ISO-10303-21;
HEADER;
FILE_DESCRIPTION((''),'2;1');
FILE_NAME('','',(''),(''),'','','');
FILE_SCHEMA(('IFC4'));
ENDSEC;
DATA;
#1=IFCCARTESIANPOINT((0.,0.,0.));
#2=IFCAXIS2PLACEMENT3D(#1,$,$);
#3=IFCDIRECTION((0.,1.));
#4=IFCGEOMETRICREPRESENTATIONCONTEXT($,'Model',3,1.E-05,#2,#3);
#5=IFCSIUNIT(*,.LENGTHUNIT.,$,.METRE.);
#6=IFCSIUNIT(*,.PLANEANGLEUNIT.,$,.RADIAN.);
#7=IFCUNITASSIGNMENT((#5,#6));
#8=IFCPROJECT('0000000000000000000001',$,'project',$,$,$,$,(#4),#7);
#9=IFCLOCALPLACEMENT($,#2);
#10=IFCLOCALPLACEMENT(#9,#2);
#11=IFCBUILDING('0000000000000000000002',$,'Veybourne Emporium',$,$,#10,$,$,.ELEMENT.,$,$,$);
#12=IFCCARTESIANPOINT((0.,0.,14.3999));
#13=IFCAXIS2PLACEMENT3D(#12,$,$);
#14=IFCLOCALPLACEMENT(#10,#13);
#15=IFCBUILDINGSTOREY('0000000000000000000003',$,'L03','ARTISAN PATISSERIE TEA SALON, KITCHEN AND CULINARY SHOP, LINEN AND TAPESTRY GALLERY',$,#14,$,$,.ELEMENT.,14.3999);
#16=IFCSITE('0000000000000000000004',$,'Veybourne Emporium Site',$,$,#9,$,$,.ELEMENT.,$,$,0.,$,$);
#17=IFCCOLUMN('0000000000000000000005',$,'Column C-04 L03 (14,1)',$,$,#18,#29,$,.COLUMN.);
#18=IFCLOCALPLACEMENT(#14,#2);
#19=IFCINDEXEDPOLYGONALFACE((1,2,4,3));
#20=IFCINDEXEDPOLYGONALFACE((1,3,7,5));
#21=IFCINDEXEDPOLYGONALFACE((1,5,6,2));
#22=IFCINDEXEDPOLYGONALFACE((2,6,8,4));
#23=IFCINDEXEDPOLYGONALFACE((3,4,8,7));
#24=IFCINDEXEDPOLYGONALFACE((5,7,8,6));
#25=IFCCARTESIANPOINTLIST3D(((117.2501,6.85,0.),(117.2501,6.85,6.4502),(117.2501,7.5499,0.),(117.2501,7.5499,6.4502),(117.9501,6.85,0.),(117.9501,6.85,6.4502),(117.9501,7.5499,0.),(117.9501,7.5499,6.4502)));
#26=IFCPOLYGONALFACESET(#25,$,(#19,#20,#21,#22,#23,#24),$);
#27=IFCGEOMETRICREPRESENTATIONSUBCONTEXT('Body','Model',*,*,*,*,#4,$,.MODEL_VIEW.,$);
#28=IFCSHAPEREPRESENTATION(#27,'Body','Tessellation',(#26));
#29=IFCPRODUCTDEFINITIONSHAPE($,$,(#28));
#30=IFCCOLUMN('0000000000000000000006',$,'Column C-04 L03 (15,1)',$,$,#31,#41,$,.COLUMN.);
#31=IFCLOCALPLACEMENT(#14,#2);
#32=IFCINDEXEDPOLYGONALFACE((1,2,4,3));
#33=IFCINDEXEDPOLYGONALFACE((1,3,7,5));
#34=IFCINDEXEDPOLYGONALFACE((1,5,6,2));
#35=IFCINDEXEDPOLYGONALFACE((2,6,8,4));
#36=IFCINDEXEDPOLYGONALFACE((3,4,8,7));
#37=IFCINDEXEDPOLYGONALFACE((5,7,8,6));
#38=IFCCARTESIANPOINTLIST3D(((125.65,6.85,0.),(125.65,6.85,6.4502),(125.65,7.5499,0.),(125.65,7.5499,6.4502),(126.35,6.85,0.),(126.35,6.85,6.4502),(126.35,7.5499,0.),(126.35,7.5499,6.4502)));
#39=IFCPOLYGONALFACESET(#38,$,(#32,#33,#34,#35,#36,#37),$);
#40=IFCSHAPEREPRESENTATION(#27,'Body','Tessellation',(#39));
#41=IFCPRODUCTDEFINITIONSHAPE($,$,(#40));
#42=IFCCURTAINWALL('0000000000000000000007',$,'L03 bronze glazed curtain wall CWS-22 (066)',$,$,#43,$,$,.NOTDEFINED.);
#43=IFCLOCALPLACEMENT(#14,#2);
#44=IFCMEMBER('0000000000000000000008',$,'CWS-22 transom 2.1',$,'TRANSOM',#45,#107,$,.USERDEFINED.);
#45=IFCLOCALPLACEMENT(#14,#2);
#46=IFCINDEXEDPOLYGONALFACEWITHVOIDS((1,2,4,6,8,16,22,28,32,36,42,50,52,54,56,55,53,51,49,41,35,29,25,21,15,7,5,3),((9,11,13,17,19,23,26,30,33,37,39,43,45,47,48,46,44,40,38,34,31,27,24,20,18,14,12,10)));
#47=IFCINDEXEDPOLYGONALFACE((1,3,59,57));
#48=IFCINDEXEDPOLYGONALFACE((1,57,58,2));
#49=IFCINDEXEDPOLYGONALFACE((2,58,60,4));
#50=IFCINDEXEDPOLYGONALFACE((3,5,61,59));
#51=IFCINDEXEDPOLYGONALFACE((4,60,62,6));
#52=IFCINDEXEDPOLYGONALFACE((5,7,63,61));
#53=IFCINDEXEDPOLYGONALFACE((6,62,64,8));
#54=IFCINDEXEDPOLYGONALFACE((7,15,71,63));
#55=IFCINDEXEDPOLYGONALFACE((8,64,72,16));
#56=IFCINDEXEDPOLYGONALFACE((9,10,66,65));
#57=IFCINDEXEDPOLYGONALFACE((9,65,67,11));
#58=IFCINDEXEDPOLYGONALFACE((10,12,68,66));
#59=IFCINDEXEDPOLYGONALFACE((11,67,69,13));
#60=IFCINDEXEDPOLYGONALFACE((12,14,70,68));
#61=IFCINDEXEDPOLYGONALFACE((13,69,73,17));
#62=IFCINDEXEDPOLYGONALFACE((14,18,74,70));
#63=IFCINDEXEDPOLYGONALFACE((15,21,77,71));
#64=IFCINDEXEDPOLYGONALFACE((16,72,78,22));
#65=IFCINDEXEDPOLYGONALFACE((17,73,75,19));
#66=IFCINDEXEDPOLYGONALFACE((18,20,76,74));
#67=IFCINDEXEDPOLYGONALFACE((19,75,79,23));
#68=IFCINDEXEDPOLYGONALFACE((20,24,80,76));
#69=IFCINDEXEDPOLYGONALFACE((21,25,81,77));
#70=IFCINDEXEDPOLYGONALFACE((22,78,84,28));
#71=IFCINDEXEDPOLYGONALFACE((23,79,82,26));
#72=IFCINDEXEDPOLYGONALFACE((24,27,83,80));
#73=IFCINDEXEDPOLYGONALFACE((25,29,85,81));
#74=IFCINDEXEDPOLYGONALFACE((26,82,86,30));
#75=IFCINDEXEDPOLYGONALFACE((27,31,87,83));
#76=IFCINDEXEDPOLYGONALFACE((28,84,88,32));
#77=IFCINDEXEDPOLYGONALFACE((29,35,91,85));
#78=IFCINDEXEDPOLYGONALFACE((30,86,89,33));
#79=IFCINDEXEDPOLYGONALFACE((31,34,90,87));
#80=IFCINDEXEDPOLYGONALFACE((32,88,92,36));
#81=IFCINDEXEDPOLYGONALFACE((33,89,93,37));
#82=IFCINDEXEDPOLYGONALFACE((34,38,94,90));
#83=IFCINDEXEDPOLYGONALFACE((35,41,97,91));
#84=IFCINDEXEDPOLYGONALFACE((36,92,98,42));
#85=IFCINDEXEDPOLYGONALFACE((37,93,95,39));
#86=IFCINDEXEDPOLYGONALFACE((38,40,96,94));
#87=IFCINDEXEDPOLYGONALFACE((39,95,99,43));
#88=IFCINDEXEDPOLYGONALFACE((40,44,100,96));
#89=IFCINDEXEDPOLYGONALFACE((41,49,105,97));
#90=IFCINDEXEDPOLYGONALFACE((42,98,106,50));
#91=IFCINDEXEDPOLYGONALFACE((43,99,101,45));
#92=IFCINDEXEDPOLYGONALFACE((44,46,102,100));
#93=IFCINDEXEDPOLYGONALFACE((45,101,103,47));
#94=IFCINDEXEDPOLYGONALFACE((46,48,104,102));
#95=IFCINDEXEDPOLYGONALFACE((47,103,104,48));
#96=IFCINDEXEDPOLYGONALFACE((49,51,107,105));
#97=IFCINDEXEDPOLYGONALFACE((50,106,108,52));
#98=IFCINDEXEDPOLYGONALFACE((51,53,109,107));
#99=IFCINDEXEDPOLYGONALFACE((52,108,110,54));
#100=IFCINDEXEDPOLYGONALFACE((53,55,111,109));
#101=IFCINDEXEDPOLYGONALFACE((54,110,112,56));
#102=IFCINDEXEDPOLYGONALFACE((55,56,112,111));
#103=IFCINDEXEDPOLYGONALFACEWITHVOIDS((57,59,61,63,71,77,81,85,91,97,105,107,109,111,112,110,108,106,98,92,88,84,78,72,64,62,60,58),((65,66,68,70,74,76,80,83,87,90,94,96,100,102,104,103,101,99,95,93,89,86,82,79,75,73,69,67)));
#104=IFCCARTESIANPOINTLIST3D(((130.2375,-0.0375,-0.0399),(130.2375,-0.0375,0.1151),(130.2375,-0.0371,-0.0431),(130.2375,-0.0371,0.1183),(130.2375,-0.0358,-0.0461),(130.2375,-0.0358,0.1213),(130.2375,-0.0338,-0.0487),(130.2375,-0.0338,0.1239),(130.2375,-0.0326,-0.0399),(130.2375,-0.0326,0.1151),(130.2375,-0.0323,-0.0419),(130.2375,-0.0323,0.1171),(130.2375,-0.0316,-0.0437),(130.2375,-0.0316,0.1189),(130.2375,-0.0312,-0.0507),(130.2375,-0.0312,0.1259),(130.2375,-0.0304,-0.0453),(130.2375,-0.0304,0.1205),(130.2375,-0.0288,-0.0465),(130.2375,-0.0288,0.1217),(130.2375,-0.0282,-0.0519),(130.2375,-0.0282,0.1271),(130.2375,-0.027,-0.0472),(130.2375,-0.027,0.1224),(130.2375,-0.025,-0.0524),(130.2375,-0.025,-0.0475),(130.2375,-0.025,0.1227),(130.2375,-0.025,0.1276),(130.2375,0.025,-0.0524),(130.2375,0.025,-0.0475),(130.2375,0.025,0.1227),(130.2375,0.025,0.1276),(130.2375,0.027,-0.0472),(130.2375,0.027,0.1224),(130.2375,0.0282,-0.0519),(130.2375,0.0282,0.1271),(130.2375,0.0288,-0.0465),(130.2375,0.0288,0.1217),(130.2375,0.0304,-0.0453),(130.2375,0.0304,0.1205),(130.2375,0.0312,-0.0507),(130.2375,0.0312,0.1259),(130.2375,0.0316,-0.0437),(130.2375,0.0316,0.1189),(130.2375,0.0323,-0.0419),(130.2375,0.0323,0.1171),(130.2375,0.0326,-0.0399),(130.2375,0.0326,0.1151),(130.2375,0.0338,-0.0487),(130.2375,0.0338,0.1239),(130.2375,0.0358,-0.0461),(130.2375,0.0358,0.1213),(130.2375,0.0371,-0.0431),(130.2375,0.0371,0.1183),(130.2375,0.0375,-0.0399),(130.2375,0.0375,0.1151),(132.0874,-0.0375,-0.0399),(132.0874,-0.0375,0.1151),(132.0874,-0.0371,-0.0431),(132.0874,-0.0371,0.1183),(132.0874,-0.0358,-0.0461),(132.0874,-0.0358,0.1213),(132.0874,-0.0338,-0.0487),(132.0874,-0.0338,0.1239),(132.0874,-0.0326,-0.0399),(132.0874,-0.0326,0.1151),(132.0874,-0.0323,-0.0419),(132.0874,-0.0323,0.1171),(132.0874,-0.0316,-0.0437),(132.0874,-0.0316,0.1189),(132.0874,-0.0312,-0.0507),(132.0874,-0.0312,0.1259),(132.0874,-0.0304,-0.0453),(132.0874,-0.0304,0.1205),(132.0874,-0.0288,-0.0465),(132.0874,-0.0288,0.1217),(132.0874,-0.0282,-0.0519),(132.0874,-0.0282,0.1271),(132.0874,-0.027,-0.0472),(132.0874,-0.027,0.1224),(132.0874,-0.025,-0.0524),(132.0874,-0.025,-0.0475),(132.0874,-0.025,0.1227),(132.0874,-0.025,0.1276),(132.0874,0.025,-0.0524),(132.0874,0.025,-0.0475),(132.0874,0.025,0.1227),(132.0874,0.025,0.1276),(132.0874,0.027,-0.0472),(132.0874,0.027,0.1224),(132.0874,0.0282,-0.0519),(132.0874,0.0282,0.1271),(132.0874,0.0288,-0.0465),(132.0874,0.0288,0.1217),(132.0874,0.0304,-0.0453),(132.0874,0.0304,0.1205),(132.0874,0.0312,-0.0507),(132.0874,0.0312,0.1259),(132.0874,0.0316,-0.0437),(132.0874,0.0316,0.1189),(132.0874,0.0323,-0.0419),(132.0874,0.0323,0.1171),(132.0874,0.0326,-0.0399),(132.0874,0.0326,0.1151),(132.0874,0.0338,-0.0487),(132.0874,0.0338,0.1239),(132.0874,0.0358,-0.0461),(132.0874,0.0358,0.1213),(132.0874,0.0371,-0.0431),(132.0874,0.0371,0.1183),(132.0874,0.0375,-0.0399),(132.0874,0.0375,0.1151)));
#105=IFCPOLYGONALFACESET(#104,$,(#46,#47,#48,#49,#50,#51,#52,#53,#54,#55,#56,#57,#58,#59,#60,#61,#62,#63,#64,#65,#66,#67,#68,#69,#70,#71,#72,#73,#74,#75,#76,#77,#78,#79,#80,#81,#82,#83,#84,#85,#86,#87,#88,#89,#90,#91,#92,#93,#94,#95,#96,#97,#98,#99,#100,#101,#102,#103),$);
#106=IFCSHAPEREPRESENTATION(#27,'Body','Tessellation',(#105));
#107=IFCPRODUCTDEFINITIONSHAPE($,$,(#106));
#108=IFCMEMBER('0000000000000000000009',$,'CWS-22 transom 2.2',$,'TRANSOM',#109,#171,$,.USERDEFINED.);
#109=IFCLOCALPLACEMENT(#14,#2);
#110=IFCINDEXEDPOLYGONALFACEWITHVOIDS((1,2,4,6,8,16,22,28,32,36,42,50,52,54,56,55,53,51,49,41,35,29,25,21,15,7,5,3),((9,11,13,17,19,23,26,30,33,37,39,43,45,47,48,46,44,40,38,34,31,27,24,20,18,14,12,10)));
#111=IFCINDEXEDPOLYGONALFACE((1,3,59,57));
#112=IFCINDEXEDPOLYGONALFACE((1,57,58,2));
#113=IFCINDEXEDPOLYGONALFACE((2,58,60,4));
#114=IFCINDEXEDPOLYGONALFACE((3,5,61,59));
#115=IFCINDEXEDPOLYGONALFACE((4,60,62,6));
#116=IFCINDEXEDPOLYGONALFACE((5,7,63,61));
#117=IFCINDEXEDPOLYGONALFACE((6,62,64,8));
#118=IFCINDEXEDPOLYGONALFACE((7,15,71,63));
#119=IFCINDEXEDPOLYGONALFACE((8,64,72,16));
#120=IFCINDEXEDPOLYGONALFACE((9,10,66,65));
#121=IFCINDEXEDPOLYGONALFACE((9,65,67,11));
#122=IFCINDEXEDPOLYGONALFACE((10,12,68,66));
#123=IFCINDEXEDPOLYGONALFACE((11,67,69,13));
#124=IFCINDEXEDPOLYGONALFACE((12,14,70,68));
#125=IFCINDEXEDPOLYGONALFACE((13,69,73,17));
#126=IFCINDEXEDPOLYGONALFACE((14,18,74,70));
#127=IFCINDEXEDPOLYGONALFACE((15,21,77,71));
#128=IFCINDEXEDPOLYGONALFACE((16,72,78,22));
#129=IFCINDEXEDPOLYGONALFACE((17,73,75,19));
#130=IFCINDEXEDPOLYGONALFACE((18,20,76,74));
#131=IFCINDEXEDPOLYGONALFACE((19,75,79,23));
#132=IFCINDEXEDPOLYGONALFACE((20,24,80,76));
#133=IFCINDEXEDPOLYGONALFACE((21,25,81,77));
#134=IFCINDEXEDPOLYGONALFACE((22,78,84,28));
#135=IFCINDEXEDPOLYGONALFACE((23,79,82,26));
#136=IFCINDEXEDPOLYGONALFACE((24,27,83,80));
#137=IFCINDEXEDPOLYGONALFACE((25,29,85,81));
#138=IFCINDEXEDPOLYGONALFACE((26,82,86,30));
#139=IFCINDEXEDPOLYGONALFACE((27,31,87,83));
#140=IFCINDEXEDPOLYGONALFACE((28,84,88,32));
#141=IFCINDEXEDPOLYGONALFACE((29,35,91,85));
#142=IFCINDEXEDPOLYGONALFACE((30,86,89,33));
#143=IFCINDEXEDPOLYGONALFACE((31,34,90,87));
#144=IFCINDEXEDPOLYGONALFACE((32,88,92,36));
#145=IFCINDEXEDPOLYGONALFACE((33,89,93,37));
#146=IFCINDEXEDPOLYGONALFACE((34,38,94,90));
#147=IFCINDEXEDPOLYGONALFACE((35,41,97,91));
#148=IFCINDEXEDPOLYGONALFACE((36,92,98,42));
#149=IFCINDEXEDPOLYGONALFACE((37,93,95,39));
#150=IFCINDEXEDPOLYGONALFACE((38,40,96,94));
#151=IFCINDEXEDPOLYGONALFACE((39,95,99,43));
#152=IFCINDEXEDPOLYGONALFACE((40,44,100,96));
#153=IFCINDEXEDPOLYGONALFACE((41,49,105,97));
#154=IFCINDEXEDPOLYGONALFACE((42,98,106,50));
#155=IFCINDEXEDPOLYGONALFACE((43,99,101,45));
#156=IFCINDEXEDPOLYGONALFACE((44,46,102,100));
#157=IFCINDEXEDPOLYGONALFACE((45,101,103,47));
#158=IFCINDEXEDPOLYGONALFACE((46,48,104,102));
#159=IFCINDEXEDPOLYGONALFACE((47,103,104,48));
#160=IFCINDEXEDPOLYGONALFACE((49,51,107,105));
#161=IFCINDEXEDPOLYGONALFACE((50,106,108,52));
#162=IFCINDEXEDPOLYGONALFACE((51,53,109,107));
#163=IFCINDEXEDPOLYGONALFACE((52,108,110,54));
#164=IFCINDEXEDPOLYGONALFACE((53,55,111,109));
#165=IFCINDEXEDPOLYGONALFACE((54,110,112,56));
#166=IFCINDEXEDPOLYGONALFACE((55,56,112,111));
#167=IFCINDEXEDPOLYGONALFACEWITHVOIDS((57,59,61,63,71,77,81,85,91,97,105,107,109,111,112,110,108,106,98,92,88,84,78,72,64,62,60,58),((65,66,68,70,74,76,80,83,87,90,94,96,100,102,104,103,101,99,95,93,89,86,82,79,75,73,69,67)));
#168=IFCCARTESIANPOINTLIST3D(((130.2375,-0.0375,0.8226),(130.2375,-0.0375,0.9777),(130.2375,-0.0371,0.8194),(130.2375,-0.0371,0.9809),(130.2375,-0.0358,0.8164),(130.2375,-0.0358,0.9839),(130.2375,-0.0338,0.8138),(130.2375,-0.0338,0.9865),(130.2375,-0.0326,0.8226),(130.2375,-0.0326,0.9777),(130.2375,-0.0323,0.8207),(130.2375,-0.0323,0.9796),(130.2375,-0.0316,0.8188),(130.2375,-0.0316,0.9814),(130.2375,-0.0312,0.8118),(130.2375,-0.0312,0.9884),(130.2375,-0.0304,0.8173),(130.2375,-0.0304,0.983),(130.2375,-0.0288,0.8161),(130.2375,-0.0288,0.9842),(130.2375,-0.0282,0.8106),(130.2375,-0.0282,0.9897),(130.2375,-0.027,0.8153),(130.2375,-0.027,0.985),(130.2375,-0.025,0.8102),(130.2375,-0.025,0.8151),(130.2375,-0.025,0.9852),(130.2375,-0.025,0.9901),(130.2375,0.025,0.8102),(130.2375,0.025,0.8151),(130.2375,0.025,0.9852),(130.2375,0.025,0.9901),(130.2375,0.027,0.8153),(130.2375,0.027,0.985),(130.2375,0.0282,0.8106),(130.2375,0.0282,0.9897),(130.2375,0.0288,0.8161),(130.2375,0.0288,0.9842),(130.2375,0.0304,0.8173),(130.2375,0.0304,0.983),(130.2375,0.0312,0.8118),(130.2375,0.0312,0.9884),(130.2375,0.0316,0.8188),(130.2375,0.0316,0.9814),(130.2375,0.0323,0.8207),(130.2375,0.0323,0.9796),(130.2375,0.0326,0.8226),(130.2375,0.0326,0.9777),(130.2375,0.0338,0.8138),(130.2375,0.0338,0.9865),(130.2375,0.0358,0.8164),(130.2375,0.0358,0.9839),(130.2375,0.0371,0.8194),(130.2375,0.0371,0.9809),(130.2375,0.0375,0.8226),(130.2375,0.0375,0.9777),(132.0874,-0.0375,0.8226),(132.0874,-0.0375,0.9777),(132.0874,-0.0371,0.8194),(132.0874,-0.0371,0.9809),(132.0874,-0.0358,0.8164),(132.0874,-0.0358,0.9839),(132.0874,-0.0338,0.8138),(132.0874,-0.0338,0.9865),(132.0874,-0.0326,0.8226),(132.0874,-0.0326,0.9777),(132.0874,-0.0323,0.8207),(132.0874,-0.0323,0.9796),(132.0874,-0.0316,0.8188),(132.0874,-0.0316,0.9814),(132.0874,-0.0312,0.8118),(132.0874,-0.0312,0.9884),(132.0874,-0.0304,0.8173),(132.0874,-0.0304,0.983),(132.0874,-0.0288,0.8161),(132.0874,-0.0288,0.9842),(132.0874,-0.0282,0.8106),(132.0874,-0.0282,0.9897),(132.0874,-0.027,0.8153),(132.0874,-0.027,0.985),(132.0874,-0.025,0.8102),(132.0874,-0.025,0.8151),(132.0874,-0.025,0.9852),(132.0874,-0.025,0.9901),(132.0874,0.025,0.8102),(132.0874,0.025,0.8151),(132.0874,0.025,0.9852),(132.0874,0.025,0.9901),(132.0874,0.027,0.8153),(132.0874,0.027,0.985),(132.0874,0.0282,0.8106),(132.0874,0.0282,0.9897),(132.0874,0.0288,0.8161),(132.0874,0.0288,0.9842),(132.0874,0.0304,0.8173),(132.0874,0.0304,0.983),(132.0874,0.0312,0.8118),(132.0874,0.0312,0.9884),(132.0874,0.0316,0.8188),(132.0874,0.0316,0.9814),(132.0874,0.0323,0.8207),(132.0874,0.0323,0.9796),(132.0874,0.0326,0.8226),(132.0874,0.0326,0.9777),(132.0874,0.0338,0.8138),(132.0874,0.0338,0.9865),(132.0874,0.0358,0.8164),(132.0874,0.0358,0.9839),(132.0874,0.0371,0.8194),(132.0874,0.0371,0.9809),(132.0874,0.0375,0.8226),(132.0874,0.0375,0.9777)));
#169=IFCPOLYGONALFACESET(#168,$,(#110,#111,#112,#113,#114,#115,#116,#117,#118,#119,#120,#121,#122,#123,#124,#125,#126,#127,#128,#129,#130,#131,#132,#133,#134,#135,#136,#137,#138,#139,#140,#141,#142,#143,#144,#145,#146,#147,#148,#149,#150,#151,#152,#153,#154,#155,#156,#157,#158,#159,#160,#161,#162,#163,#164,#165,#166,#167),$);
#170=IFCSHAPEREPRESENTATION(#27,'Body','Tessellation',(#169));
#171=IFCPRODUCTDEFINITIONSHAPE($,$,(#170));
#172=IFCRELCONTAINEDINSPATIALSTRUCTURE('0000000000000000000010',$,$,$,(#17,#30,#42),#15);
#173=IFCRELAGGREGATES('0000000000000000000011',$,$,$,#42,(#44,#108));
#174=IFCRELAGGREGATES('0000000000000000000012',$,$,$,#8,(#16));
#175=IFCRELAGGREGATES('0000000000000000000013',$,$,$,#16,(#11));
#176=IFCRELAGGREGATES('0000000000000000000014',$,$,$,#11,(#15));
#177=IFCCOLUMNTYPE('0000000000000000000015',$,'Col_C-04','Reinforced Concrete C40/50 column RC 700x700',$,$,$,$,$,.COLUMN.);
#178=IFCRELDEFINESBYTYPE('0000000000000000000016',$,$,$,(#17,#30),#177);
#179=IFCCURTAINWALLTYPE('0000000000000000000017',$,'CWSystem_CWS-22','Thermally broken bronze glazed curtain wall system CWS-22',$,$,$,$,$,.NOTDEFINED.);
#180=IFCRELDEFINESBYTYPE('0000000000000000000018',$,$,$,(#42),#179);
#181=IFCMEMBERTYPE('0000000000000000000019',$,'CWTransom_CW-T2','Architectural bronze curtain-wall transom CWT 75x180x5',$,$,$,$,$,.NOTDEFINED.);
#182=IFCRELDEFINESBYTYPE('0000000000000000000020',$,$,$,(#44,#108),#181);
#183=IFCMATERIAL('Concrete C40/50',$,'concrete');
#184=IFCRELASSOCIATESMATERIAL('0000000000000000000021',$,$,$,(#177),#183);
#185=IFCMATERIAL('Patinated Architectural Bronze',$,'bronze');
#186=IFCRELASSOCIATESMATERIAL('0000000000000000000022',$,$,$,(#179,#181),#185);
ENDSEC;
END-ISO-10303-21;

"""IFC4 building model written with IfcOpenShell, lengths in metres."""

from ifc_helpers import new_model, si_unit, direction, frame, origin, origin_2d, place, context, subcontext, project, spatial, rectangle, hollow_rectangle, extrude, material, material_profile, profile_set, type_object, element, aggregate, save


model = new_model("IFC4")

# Units and contexts
model_context = context("Model", 3, precision=1e-05, world=origin(), true_north=direction((0.0, 1.0)))
body_context = subcontext(model_context, "Body", "Model", "MODEL_VIEW")
ifc_project = project(units=[si_unit("LENGTHUNIT", "METRE"), si_unit("PLANEANGLEUNIT", "RADIAN")], contexts=[model_context])

# Site, building, storey
site_placement = place(None, origin())
site = spatial("IfcSite", under=ifc_project, at=site_placement, Name="Veybourne Emporium Site", CompositionType="ELEMENT", RefElevation=0.0)
building_placement = place(site_placement, origin())
building = spatial("IfcBuilding", under=site, at=building_placement, Name="Veybourne Emporium", CompositionType="ELEMENT")
storey_placement = place(building_placement, frame((0.0, 0.0, 14.3999)))
storey = spatial("IfcBuildingStorey", under=building, at=storey_placement, Name="L03", Description="ARTISAN PATISSERIE TEA SALON, KITCHEN AND CULINARY SHOP, LINEN AND TAPESTRY GALLERY", CompositionType="ELEMENT", Elevation=14.3999)

# Columns
ifc_material_1 = material(Name="Concrete C40/50", Category="concrete")
ifc_material_profile_1 = material_profile(ifc_material_1, rectangle(XDim=0.7, YDim=0.7, at=origin_2d()), Name="RC 700x700")
ifc_profile_set_1 = profile_set([ifc_material_profile_1], Name="Concrete C40/50")
column_type = type_object("IfcColumnType", Name="Col_C-04", Description="Reinforced Concrete C40/50 column RC 700x700", PredefinedType="COLUMN", material=ifc_profile_set_1)
for number, where, z_axis, x_axis, name in (
    (1, (117.6001, 7.2, 0.0), (0.0, 0.0, 1.0), (1.0, 0.0, 0.0), "Column C-04 L03 (14,1)"),
    (2, (126.0, 7.2, 0.0), (0.0, 0.0, 1.0), (1.0, 0.0, 0.0), "Column C-04 L03 (15,1)"),
):
    element("IfcColumn", number, at=place(storey_placement, frame(where, z_axis=z_axis, x_axis=x_axis)), inside=storey, type_object=column_type, Name=name, PredefinedType="COLUMN", context=body_context, shape_type="SweptSolid", body=[
        extrude(rectangle(XDim=0.7, YDim=0.7, at=origin_2d()), origin(), (0.0, 0.0, 1.0), 6.4502),
    ])

# Curtain wall, members
ifc_material_2 = material(Name="Patinated Architectural Bronze", Category="bronze")
curtain_wall_type = type_object("IfcCurtainWallType", Name="CWSystem_CWS-22", Description="Thermally broken bronze glazed curtain wall system CWS-22", PredefinedType="NOTDEFINED", material=ifc_material_2)
curtain_wall_placement = place(storey_placement, origin())
curtain_wall = element("IfcCurtainWall", 3, at=curtain_wall_placement, inside=storey, type_object=curtain_wall_type, Name="L03 bronze glazed curtain wall CWS-22 (066)", PredefinedType="NOTDEFINED")
ifc_material_profile_2 = material_profile(ifc_material_2, hollow_rectangle(XDim=0.075, YDim=0.1799, WallThickness=0.0049, InnerFilletRadius=0.0076, OuterFilletRadius=0.0125, at=origin_2d()), Name="CWT 75x180x5")
ifc_profile_set_2 = profile_set([ifc_material_profile_2], Name="Patinated Architectural Bronze")
member_type = type_object("IfcMemberType", Name="CWTransom_CW-T2", Description="Architectural bronze curtain-wall transom CWT 75x180x5", PredefinedType="NOTDEFINED", material=ifc_profile_set_2)
member_1_placement = place(storey_placement, frame((132.0874, 0.0, 0.0376), z_axis=(-1.0, 0.0, 0.0), x_axis=(0.0, -1.0, 0.0)))
member_1 = element("IfcMember", 4, at=member_1_placement, type_object=member_type, Name="CWS-22 transom 2.1", ObjectType="TRANSOM", PredefinedType="USERDEFINED", context=body_context, shape_type="SweptSolid", body=[
    extrude(hollow_rectangle(XDim=0.075, YDim=0.1799, WallThickness=0.0049, InnerFilletRadius=0.0076, OuterFilletRadius=0.0125, at=origin_2d()), origin(), (0.0, 0.0, 1.0), 1.8499),
])
member_2_placement = place(storey_placement, frame((132.0874, 0.0, 0.9001), z_axis=(-1.0, 0.0, 0.0), x_axis=(0.0, -1.0, 0.0)))
member_2 = element("IfcMember", 5, at=member_2_placement, type_object=member_type, Name="CWS-22 transom 2.2", ObjectType="TRANSOM", PredefinedType="USERDEFINED", context=body_context, shape_type="SweptSolid", body=[
    extrude(hollow_rectangle(XDim=0.075, YDim=0.1799, WallThickness=0.0049, InnerFilletRadius=0.0076, OuterFilletRadius=0.0125, at=origin_2d()), origin(), (0.0, 0.0, 1.0), 1.8499),
])

aggregate(curtain_wall, [member_1, member_2])

save(model, "model.ifc")
